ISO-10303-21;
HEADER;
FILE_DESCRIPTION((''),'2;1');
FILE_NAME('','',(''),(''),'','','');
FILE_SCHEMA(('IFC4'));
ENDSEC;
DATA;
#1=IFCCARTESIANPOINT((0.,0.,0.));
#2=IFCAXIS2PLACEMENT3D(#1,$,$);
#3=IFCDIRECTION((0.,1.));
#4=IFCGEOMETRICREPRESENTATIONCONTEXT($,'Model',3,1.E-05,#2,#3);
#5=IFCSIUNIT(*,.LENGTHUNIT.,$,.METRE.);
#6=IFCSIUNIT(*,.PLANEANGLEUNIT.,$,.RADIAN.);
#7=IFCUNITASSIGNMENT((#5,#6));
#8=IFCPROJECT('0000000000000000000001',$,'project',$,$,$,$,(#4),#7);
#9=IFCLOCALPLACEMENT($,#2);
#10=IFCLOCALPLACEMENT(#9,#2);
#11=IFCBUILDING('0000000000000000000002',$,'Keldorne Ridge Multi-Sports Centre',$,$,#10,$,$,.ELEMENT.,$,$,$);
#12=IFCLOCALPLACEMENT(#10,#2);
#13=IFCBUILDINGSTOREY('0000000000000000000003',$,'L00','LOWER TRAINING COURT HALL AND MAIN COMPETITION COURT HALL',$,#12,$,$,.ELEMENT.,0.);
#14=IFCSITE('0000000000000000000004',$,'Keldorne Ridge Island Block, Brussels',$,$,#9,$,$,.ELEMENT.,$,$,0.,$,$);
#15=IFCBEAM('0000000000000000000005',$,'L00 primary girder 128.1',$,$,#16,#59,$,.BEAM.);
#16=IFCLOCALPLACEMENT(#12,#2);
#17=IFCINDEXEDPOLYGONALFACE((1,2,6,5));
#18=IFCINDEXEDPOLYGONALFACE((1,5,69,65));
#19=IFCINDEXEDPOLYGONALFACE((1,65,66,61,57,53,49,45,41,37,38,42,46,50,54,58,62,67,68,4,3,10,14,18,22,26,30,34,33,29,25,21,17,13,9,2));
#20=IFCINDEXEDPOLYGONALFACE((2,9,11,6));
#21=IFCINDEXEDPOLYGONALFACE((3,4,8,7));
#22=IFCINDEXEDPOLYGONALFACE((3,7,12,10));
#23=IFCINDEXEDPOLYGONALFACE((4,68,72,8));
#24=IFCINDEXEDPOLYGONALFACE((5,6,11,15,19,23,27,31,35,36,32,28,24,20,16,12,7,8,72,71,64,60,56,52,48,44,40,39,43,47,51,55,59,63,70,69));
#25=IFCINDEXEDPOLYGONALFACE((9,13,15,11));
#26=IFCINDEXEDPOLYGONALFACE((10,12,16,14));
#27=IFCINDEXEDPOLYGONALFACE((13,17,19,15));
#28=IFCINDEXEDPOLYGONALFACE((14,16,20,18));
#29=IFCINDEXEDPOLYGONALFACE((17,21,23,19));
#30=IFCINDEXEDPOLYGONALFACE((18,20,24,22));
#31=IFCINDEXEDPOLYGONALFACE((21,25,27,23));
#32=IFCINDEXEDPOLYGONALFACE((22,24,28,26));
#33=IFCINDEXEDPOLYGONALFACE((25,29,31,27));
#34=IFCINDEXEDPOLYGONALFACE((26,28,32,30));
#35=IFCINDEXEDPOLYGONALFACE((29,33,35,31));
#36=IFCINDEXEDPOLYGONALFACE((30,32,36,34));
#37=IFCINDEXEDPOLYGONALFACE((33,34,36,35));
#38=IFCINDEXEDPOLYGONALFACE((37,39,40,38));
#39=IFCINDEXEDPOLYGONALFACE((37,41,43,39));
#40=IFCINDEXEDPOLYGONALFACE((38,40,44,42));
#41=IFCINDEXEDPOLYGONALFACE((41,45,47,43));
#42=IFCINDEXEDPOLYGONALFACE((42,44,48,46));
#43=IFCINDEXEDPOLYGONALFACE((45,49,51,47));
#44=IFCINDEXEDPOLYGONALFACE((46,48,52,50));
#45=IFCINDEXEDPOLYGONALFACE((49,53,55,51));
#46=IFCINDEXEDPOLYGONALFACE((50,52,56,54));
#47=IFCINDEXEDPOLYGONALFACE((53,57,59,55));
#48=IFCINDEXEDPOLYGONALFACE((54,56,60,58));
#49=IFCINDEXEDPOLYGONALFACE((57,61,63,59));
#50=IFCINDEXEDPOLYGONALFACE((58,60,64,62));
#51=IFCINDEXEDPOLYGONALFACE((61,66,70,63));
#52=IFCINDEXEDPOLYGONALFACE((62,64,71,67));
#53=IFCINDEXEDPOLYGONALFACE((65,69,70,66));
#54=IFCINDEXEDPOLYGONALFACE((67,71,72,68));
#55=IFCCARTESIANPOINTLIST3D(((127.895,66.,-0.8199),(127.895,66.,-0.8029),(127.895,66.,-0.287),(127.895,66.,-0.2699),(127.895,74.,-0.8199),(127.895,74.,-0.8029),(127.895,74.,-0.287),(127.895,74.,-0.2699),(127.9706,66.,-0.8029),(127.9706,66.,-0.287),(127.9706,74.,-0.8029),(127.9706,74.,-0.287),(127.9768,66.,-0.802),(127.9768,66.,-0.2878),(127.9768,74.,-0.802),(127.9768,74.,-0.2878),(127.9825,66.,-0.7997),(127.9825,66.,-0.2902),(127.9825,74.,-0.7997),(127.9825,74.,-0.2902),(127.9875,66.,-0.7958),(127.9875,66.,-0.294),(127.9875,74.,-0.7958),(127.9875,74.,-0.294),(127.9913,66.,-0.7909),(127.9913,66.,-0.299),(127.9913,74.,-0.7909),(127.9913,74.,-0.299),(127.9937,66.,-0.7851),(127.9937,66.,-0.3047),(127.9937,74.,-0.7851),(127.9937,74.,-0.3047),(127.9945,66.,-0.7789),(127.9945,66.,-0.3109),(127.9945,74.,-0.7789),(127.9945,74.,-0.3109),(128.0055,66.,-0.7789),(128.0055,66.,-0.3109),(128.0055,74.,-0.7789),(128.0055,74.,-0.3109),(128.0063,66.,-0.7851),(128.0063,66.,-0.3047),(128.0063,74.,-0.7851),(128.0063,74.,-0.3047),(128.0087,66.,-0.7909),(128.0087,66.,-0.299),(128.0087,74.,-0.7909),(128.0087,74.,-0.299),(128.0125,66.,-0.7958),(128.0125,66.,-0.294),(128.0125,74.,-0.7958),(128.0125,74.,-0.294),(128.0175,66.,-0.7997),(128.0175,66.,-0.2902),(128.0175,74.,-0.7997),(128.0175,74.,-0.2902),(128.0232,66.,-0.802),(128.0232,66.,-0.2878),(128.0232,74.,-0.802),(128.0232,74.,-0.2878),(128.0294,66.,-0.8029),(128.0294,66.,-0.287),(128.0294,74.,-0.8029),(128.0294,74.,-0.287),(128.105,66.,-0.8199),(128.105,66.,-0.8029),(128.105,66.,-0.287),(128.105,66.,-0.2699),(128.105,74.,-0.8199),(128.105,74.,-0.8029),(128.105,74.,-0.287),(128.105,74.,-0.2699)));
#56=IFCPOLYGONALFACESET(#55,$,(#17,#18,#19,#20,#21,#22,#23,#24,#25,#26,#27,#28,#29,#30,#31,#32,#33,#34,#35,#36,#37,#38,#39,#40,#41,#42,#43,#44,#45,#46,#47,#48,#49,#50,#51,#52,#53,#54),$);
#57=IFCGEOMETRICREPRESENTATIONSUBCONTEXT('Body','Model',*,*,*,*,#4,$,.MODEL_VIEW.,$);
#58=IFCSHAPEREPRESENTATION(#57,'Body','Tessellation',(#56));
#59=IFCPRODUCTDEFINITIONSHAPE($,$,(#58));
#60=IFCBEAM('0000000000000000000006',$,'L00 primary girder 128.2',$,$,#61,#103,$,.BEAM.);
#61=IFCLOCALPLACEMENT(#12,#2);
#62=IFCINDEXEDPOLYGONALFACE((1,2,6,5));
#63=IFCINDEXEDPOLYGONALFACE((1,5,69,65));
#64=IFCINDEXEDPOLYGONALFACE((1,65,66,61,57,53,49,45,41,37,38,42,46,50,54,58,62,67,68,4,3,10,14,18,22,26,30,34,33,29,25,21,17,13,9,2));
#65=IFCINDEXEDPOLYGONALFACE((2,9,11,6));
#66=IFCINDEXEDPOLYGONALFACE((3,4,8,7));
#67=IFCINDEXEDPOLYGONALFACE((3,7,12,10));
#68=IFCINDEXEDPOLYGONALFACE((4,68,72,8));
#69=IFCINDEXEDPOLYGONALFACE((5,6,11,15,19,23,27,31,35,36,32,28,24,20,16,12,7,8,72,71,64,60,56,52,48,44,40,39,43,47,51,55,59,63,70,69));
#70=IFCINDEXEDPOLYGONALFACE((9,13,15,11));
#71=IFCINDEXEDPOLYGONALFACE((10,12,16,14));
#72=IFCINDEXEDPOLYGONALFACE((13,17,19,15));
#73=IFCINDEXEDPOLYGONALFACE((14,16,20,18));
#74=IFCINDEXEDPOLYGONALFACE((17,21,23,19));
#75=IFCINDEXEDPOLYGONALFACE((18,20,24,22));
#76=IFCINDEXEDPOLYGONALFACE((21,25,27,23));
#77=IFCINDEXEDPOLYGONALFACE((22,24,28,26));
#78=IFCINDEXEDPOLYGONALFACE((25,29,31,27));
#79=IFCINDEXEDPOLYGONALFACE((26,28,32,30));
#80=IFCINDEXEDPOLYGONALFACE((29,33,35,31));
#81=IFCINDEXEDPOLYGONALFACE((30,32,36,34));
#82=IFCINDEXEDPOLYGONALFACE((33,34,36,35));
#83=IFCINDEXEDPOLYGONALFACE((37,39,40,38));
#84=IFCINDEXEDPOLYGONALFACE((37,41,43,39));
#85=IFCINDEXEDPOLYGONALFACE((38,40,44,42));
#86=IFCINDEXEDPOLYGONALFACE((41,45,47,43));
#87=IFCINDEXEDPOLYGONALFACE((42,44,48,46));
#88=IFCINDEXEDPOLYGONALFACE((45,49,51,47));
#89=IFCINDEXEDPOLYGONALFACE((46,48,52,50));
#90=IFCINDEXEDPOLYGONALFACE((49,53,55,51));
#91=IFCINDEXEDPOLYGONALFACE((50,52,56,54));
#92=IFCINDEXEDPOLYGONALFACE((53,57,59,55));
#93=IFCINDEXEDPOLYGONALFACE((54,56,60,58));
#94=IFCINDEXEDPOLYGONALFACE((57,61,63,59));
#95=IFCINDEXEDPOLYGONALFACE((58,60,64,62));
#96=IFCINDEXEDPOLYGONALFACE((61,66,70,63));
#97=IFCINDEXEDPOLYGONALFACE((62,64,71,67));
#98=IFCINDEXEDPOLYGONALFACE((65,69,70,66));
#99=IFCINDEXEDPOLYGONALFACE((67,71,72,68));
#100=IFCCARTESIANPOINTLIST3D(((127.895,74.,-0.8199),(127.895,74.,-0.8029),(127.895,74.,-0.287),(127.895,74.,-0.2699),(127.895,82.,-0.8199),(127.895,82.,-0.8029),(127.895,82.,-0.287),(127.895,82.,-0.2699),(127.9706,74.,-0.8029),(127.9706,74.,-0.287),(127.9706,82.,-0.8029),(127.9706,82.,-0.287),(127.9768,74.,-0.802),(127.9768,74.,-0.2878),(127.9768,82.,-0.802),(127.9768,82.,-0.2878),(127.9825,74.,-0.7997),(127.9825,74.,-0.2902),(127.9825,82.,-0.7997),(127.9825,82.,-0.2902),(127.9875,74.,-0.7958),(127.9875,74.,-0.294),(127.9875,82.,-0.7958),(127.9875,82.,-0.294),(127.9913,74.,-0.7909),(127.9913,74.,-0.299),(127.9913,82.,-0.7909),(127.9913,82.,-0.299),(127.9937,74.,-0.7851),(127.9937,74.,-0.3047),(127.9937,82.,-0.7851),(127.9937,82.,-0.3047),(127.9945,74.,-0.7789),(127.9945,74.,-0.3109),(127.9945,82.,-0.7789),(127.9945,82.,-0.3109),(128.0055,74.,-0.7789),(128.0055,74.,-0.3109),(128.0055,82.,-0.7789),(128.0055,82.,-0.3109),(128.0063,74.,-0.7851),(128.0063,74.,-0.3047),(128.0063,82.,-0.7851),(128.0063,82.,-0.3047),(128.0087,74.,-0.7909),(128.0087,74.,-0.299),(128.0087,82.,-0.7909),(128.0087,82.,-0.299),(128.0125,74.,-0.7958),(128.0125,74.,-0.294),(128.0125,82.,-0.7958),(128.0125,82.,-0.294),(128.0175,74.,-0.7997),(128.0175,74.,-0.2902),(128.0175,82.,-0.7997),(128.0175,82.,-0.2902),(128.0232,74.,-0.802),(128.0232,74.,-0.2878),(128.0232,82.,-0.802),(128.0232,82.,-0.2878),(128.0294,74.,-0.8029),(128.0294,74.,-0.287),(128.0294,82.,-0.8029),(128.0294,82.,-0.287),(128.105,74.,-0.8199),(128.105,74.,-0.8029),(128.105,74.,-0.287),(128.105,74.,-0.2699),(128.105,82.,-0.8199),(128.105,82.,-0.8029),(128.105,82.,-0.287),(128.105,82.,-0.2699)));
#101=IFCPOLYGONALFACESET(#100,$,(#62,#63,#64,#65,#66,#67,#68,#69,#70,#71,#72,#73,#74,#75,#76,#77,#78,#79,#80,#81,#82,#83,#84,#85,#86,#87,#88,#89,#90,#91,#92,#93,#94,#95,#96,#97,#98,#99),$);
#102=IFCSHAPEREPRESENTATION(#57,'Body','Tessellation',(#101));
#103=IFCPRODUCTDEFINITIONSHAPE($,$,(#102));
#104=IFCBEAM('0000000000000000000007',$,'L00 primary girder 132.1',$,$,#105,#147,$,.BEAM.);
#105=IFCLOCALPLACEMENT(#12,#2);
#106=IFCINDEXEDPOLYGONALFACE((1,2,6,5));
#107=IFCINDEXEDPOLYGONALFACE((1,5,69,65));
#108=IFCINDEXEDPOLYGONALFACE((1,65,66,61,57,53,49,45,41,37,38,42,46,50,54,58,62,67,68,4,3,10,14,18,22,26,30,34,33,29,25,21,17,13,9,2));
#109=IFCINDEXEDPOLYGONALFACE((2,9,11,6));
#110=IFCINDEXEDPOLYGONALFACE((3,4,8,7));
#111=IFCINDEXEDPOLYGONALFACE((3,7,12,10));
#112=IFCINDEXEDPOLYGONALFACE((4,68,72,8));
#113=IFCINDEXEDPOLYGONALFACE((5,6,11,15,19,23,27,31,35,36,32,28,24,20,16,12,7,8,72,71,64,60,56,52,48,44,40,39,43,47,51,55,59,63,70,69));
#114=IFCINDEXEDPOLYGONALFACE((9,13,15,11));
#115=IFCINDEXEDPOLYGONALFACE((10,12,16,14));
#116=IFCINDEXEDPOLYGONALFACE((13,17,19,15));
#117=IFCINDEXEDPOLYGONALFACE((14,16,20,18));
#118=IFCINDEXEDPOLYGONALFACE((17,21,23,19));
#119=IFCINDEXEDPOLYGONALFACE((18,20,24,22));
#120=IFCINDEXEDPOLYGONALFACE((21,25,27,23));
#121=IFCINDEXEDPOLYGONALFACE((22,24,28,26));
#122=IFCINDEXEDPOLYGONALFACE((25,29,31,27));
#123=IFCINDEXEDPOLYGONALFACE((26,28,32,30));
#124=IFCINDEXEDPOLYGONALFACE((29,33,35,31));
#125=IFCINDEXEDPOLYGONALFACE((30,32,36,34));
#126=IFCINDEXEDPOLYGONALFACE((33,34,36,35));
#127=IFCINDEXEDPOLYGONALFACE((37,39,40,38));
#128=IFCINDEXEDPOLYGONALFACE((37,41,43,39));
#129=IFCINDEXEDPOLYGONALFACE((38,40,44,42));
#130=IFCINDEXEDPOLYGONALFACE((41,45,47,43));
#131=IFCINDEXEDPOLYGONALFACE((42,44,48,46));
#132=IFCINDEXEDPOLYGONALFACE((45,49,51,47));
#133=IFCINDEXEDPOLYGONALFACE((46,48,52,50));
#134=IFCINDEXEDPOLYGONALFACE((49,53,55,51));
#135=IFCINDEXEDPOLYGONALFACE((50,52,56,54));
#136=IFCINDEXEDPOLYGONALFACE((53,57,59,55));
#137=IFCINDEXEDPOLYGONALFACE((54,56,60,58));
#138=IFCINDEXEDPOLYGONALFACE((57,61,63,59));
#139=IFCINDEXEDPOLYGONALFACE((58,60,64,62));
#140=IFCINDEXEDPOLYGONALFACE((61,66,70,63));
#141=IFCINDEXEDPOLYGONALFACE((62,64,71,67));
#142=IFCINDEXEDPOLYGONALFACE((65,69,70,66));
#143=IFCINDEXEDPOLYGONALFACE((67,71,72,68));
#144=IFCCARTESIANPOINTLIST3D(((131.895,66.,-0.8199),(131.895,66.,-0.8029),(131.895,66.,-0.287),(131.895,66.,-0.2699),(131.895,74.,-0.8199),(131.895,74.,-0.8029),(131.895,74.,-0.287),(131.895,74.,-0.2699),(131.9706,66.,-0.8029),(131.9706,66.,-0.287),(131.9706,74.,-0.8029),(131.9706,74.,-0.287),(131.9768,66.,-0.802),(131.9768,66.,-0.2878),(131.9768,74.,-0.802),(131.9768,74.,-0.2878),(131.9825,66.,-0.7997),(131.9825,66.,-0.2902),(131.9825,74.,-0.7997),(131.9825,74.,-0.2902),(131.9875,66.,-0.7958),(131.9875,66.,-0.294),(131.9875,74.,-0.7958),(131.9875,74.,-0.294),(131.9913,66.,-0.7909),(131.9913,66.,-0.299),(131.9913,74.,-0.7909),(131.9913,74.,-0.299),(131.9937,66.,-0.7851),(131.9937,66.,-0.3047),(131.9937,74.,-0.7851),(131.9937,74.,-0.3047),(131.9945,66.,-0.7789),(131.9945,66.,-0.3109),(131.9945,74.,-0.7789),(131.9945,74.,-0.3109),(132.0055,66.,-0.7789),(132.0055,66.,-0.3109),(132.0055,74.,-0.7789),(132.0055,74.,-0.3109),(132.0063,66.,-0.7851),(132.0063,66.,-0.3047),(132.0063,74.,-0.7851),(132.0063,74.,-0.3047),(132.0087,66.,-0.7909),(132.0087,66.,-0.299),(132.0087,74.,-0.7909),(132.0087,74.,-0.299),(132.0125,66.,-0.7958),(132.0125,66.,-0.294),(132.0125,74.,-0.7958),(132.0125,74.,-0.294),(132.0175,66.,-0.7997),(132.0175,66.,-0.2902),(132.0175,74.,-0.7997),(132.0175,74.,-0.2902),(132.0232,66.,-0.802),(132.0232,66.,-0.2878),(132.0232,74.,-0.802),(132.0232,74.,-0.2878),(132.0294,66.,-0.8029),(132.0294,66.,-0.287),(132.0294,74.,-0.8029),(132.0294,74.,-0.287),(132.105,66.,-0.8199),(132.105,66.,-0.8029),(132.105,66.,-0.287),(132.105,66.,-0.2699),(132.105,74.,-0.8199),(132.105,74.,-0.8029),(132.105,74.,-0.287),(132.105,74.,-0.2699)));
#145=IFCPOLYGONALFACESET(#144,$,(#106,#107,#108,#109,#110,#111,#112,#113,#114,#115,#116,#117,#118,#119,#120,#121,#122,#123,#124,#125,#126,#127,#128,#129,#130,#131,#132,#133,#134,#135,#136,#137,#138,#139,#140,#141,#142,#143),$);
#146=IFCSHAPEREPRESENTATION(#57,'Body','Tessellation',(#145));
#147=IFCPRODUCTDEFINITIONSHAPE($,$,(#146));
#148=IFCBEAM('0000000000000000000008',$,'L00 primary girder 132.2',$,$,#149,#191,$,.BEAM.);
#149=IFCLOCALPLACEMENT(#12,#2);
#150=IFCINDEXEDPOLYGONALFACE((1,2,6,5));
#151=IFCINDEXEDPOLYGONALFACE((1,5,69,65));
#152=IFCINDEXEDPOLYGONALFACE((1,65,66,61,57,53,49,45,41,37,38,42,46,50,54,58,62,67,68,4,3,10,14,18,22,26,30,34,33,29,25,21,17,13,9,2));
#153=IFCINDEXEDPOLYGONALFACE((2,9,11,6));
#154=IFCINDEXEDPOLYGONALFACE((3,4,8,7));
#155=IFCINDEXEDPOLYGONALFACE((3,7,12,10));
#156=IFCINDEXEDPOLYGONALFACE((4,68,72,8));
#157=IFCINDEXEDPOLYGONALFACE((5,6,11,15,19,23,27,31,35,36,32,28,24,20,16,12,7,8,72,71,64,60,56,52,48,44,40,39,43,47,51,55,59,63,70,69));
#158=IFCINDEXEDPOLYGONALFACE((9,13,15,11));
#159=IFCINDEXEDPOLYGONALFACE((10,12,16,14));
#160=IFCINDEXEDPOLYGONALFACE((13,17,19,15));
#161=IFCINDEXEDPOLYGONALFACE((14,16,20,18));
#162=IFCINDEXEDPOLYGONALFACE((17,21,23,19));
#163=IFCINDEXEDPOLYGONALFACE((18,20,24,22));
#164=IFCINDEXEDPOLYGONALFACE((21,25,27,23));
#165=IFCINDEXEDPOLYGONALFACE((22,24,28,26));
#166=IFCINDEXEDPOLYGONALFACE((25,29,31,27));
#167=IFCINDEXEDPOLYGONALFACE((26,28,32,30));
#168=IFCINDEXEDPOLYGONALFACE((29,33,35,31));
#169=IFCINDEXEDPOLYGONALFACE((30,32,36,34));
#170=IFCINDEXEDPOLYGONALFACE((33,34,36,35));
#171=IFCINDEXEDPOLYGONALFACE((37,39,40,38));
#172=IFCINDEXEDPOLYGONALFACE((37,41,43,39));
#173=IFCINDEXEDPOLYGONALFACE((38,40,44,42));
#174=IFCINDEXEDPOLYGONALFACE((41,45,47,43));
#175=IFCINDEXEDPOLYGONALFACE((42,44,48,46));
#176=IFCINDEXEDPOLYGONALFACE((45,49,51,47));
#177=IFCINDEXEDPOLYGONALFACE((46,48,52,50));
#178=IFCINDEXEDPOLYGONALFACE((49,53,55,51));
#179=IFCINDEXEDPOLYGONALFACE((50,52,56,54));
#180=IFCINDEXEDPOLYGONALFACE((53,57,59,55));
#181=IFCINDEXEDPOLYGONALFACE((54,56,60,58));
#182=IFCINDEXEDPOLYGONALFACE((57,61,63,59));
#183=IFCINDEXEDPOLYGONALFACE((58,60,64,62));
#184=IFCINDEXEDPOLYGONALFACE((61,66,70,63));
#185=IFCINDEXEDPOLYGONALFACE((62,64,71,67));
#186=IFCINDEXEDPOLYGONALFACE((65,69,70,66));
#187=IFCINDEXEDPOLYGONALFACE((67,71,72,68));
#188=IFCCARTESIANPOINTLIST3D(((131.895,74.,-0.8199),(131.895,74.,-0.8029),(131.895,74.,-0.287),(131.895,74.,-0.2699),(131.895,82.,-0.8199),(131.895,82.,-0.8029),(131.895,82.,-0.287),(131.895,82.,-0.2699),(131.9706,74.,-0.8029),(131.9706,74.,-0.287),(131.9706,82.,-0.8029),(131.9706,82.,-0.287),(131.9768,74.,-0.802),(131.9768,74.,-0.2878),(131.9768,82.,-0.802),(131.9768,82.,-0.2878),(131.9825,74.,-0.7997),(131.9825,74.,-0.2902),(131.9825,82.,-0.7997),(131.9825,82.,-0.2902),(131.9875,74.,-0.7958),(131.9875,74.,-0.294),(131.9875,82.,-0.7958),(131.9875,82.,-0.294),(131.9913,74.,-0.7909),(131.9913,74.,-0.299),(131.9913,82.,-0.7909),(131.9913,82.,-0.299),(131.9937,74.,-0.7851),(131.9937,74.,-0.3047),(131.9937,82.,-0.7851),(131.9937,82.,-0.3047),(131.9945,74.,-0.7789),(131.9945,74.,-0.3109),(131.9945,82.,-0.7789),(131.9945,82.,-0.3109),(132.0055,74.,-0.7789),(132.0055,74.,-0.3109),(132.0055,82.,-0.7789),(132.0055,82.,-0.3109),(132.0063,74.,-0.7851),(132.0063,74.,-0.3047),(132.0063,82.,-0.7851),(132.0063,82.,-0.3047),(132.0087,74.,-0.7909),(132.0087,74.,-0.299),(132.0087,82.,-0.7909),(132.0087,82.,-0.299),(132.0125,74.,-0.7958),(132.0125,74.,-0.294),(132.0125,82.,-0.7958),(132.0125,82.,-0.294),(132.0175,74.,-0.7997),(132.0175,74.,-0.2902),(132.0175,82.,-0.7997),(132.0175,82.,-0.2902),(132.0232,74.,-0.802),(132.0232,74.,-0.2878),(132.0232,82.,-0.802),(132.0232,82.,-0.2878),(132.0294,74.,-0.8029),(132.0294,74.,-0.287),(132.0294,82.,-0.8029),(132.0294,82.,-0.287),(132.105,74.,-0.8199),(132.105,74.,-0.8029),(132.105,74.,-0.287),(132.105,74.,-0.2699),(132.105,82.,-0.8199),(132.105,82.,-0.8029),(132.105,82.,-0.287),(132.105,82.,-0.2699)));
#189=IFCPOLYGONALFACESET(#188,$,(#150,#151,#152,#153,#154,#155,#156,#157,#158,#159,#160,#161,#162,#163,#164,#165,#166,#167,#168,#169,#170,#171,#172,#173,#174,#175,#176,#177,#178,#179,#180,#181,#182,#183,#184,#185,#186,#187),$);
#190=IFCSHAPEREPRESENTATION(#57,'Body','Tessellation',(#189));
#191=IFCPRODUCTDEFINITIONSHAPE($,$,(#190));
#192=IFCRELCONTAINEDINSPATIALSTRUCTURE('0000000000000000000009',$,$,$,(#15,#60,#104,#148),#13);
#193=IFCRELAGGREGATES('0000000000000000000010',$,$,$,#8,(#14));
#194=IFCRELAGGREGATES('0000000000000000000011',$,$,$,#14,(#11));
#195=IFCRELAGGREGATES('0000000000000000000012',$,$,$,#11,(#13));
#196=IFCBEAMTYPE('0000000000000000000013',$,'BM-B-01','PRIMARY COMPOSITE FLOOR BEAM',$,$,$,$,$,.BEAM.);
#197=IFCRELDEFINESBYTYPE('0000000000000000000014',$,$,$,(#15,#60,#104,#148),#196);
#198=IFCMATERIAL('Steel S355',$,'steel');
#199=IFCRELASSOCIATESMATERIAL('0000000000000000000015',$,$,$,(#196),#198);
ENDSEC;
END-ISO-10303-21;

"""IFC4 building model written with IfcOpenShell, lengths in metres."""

from ifc_helpers import new_model, si_unit, direction, frame, origin, origin_2d, place, context, subcontext, project, spatial, i_section, extrude, material, material_profile, profile_set, type_object, element, save


model = new_model("IFC4")

# Units and contexts
model_context = context("Model", 3, precision=1e-05, world=origin(), true_north=direction((0.0, 1.0)))
body_context = subcontext(model_context, "Body", "Model", "MODEL_VIEW")
ifc_project = project(units=[si_unit("LENGTHUNIT", "METRE"), si_unit("PLANEANGLEUNIT", "RADIAN")], contexts=[model_context])

# Site, building, storey
site_placement = place(None, origin())
site = spatial("IfcSite", under=ifc_project, at=site_placement, Name="Keldorne Ridge Island Block, Brussels", CompositionType="ELEMENT", RefElevation=0.0)
building_placement = place(site_placement, origin())
building = spatial("IfcBuilding", under=site, at=building_placement, Name="Keldorne Ridge Multi-Sports Centre", CompositionType="ELEMENT")
storey_placement = place(building_placement, origin())
storey = spatial("IfcBuildingStorey", under=building, at=storey_placement, Name="L00", Description="LOWER TRAINING COURT HALL AND MAIN COMPETITION COURT HALL", CompositionType="ELEMENT", Elevation=0.0)

# Shared definitions
ifc_material_1 = material(Name="Steel S355", Category="steel")

# Beams
ifc_material_profile_1 = material_profile(ifc_material_1, i_section(OverallWidth=0.21, OverallDepth=0.55, WebThickness=0.011, FlangeThickness=0.0171, FilletRadius=0.0239, at=origin_2d()), Name="IPE 550")
ifc_profile_set_1 = profile_set([ifc_material_profile_1], Name="Steel S355")
beam_type_1 = type_object("IfcBeamType", Name="BM-B-01", Description="PRIMARY COMPOSITE FLOOR BEAM", PredefinedType="BEAM", material=ifc_profile_set_1)
for number, where, z_axis, x_axis, name in (
    (1, (128.0, 66.0, -0.5449), (0.0, 1.0, 0.0), (-1.0, 0.0, 0.0), "L00 primary girder 128.1"),
    (2, (128.0, 74.0, -0.5449), (0.0, 1.0, 0.0), (-1.0, 0.0, 0.0), "L00 primary girder 128.2"),
    (3, (132.0, 66.0, -0.5449), (0.0, 1.0, 0.0), (-1.0, 0.0, 0.0), "L00 primary girder 132.1"),
    (4, (132.0, 74.0, -0.5449), (0.0, 1.0, 0.0), (-1.0, 0.0, 0.0), "L00 primary girder 132.2"),
):
    element("IfcBeam", number, at=place(storey_placement, frame(where, z_axis=z_axis, x_axis=x_axis)), inside=storey, type_object=beam_type_1, Name=name, PredefinedType="BEAM", context=body_context, shape_type="SweptSolid", body=[
        extrude(i_section(OverallWidth=0.21, OverallDepth=0.55, WebThickness=0.011, FlangeThickness=0.0171, FilletRadius=0.0239, at=origin_2d()), origin(), (0.0, 0.0, 1.0), 8.0),
    ])

save(model, "model.ifc")
